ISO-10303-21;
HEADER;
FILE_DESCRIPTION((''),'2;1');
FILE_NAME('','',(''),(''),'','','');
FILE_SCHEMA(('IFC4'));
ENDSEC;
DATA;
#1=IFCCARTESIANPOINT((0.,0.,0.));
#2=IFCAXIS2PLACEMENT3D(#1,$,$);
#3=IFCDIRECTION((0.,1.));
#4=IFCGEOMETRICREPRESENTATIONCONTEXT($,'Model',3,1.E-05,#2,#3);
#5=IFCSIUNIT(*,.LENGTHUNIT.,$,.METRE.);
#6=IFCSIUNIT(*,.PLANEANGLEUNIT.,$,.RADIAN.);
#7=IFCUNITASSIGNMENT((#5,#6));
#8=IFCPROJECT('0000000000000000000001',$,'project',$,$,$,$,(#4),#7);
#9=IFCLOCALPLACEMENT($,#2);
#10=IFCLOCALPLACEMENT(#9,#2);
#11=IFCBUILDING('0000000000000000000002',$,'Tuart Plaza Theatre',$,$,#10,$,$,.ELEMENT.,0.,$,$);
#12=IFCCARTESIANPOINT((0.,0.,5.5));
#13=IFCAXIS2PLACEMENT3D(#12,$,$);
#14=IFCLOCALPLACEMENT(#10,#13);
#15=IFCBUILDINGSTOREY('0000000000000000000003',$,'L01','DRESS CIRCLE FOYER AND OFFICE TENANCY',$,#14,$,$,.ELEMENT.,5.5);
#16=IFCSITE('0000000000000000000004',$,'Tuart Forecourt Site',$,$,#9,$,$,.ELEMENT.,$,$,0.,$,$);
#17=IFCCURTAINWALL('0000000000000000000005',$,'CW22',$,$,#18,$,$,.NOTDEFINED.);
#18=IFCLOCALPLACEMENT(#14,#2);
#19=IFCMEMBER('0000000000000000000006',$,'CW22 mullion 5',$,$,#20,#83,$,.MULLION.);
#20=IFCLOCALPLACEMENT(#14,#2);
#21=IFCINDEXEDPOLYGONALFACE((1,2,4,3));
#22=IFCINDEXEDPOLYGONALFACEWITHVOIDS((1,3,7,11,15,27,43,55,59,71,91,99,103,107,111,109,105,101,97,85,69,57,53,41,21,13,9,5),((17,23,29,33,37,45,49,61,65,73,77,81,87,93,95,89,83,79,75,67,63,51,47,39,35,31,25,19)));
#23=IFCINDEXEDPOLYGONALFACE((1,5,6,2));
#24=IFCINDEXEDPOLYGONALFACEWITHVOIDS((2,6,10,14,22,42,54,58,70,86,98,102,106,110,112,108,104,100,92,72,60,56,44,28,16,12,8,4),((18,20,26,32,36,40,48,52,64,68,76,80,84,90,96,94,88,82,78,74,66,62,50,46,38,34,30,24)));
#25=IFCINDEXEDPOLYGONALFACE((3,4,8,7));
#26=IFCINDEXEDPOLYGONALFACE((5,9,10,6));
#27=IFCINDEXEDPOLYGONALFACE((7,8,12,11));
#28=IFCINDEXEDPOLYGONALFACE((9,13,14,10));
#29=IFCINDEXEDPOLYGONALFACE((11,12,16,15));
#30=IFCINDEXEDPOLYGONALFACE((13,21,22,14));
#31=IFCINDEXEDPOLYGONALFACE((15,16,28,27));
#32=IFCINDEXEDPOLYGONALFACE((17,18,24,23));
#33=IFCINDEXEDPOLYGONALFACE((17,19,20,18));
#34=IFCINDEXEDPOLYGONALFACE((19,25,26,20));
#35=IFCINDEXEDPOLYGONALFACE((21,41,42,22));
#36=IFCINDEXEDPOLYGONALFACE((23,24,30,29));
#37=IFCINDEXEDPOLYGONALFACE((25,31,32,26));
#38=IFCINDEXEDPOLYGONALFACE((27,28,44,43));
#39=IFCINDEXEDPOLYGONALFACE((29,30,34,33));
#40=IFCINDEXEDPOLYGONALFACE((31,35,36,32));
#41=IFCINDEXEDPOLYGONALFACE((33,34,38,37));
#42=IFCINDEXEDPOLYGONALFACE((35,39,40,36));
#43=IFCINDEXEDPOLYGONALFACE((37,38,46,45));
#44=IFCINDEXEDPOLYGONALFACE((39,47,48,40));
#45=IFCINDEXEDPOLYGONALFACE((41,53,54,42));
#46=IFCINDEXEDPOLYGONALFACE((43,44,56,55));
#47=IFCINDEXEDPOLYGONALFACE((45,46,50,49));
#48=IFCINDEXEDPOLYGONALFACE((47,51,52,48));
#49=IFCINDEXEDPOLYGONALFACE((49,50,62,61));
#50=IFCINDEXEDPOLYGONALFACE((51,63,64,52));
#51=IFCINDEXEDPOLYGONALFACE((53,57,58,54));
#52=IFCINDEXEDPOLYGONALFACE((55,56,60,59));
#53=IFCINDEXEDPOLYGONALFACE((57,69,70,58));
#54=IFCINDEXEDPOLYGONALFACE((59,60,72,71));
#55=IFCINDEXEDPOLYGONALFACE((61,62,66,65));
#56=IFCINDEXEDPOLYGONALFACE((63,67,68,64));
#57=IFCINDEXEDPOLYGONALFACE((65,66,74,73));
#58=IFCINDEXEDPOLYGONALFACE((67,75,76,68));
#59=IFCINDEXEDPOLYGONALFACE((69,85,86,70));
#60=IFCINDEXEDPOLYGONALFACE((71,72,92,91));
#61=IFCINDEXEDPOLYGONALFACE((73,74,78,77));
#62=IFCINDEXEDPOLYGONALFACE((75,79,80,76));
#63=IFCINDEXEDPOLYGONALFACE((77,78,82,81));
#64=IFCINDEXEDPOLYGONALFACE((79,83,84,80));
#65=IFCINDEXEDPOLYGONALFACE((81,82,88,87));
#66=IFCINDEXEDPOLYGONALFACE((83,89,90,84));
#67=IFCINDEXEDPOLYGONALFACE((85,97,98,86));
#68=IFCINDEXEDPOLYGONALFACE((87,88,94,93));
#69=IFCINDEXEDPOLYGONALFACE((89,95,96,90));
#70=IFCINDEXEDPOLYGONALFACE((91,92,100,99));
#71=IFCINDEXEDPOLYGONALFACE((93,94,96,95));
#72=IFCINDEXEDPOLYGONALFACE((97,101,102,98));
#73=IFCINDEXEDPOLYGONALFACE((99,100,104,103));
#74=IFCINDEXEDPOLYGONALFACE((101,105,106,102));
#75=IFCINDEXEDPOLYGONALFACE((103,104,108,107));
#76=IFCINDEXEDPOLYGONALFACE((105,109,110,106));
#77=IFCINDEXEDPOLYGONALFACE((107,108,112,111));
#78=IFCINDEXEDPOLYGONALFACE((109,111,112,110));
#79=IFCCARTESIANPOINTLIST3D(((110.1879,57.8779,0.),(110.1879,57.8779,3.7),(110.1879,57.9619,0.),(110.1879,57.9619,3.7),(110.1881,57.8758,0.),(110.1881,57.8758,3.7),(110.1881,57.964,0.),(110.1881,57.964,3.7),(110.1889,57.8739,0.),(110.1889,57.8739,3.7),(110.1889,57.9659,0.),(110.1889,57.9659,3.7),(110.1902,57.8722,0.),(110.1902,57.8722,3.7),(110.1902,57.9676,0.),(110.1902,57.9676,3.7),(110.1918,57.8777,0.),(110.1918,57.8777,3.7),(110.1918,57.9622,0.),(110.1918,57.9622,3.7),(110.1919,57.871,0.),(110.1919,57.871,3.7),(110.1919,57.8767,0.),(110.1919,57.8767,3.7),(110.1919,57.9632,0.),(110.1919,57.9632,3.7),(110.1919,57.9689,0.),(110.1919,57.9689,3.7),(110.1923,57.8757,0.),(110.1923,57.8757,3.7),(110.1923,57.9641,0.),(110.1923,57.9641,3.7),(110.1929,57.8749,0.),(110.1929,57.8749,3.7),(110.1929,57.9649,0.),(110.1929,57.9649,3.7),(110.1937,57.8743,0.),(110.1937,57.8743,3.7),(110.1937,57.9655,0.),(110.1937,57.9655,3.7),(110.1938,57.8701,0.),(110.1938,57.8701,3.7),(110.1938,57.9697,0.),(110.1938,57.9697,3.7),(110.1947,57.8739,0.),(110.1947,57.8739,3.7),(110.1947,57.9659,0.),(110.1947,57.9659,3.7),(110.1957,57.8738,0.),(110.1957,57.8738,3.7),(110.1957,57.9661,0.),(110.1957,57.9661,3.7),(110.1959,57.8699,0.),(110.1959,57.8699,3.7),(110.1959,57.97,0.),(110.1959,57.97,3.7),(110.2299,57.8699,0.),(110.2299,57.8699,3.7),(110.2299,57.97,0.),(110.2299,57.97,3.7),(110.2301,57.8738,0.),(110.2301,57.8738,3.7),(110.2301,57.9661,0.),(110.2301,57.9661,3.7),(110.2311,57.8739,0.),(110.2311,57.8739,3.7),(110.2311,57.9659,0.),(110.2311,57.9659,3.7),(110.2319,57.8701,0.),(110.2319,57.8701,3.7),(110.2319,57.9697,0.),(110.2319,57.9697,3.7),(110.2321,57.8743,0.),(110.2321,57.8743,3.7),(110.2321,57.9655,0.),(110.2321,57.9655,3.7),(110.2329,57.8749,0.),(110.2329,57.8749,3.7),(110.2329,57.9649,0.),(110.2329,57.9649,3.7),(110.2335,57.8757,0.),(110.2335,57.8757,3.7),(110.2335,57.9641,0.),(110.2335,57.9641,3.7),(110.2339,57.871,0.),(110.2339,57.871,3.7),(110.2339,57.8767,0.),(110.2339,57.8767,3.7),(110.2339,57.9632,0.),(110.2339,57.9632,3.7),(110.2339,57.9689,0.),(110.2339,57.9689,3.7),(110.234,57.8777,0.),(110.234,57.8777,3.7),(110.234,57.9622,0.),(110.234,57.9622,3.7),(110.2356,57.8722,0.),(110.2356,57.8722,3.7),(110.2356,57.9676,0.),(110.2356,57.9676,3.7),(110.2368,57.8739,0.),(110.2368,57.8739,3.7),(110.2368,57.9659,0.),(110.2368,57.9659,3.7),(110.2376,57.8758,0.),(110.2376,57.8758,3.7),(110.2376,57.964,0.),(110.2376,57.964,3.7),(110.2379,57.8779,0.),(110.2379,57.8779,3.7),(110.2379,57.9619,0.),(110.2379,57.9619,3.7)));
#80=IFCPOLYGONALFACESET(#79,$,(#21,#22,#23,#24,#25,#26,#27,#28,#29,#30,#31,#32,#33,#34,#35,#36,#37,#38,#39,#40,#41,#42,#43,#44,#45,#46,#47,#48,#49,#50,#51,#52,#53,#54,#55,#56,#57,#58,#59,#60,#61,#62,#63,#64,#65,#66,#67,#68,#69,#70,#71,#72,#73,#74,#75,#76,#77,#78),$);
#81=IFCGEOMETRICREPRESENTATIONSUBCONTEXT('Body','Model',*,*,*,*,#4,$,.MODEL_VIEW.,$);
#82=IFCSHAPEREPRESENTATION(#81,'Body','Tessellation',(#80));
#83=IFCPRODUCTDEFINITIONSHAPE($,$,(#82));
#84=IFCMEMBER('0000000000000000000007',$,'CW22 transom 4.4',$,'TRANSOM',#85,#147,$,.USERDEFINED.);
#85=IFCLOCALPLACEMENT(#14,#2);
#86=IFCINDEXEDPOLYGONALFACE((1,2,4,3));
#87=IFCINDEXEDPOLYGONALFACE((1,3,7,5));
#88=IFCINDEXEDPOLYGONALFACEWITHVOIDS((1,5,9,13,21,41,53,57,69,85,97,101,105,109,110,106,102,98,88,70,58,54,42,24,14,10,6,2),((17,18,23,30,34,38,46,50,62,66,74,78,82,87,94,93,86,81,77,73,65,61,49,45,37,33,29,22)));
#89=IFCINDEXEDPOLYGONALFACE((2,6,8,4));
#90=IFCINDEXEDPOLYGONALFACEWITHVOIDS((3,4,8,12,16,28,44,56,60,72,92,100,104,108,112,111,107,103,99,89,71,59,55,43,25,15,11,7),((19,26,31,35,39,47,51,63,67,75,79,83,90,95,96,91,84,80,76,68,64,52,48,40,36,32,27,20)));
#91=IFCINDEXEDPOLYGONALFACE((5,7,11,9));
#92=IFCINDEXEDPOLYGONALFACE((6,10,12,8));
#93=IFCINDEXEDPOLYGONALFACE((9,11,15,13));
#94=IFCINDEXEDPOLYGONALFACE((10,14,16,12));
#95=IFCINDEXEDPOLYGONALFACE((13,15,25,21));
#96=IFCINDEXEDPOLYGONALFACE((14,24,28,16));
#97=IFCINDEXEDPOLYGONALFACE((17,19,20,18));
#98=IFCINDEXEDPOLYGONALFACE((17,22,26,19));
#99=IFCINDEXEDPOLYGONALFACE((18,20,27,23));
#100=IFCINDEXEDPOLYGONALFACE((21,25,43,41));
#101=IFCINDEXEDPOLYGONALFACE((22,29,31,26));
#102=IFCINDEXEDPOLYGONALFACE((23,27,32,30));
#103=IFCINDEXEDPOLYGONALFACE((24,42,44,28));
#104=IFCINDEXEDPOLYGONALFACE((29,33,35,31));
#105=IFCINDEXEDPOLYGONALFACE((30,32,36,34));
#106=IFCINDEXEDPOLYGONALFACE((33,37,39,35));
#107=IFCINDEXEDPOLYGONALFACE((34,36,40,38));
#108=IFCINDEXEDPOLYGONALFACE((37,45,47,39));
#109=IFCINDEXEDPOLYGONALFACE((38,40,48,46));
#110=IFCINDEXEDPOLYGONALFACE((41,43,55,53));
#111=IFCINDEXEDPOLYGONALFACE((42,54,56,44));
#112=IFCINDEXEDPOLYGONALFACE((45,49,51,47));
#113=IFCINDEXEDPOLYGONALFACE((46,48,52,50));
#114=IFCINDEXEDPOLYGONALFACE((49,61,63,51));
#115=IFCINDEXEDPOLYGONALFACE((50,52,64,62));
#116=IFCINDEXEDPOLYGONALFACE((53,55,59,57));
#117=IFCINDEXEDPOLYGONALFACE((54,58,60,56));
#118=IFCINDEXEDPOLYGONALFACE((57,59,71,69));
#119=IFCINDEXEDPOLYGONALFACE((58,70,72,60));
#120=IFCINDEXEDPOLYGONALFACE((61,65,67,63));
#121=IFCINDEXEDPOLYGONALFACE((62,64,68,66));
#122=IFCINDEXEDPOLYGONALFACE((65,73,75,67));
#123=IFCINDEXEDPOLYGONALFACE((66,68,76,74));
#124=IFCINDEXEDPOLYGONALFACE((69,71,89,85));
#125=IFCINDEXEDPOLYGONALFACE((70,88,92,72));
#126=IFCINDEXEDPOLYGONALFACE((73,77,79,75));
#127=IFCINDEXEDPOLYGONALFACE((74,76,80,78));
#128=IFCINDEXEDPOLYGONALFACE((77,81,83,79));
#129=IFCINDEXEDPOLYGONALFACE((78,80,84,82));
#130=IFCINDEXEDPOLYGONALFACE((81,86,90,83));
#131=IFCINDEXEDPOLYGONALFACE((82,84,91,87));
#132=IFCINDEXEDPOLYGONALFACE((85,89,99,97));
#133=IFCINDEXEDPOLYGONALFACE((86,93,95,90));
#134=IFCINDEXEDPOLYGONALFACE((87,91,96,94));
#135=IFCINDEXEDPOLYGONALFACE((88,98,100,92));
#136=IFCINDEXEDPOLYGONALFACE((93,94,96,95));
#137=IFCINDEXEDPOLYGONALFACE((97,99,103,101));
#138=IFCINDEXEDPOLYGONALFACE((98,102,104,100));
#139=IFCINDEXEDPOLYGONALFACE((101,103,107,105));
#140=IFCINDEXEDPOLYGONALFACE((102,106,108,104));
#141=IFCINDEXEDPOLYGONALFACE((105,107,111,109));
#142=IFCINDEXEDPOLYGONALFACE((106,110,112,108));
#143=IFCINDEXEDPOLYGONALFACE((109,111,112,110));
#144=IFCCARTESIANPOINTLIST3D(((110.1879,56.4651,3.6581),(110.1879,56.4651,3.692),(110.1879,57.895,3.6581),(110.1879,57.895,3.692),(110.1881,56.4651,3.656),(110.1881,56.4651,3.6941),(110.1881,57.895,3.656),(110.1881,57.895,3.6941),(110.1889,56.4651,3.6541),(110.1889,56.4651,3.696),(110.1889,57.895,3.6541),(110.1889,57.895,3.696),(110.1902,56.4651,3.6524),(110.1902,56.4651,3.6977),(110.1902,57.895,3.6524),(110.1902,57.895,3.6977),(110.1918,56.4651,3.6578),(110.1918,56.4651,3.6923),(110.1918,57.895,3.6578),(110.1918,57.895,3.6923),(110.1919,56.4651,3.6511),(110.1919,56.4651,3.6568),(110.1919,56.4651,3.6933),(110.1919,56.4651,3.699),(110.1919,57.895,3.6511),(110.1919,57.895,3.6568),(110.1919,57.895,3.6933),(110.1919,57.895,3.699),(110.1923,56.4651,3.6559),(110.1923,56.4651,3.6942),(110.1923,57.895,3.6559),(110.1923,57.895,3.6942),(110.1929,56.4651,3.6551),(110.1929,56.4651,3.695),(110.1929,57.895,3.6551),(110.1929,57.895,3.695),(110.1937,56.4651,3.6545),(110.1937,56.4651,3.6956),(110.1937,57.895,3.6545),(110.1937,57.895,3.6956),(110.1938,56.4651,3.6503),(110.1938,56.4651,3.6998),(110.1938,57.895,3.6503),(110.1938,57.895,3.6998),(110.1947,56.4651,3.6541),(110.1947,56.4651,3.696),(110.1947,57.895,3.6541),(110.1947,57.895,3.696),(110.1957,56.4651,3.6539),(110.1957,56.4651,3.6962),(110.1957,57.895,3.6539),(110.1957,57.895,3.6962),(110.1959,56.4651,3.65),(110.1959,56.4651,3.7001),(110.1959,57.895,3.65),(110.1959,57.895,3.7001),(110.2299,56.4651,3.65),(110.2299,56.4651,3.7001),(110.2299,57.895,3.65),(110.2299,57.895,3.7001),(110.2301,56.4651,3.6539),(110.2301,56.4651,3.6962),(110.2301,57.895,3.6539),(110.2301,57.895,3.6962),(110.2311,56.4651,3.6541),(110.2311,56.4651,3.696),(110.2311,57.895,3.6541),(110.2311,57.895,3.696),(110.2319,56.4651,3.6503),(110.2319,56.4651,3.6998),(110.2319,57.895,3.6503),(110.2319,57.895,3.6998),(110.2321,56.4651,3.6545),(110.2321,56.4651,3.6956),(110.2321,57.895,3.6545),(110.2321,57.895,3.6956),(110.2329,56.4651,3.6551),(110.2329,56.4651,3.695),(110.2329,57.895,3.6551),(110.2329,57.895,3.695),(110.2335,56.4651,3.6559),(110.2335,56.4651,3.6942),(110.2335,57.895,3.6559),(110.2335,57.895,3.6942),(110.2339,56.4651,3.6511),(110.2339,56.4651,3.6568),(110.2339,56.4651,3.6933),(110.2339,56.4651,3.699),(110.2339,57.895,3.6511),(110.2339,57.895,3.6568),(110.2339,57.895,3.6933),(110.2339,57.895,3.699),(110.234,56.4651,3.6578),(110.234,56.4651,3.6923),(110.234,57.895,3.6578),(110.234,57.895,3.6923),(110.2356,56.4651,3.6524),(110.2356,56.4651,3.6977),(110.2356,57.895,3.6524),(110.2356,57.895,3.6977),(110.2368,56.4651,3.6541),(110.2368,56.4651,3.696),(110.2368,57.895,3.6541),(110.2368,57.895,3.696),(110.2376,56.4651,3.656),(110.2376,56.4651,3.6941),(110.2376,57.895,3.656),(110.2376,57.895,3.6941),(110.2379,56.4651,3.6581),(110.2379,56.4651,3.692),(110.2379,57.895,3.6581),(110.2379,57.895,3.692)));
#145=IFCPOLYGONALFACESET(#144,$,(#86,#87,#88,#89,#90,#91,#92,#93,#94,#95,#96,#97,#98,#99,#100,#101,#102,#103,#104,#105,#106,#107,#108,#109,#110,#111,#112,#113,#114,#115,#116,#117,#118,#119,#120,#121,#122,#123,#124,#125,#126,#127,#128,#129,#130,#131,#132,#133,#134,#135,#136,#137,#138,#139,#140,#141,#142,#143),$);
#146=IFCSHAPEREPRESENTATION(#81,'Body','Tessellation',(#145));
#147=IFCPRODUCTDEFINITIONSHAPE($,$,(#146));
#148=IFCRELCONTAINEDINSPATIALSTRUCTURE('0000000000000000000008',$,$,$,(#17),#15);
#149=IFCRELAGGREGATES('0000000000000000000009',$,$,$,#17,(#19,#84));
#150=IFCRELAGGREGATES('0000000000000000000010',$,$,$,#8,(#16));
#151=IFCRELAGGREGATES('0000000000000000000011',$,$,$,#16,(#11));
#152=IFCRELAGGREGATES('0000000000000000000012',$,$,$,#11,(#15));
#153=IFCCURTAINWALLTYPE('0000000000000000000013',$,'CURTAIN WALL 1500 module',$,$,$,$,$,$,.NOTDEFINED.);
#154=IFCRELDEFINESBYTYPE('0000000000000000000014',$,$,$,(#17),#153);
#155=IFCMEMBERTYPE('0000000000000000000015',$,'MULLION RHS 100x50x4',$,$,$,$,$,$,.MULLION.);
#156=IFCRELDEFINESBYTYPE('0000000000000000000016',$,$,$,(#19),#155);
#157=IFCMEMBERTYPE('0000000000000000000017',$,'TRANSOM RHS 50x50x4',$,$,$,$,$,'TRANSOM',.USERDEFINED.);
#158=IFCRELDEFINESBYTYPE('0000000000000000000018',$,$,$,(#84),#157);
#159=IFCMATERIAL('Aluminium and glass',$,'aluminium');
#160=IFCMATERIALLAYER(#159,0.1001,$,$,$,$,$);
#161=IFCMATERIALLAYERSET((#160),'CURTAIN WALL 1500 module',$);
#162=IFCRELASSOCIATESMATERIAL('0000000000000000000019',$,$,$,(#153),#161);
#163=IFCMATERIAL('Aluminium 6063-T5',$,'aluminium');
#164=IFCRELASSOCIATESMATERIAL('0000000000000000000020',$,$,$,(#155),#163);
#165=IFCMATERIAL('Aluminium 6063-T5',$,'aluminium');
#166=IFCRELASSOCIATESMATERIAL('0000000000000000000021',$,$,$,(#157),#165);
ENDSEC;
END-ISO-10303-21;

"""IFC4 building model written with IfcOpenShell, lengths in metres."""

from ifc_helpers import new_model, si_unit, direction, frame, origin, origin_2d, place, context, subcontext, project, spatial, hollow_rectangle, extrude, material, layer, layer_set, material_profile, profile_set, type_object, element, aggregate, save


model = new_model("IFC4")

# Units and contexts
model_context = context("Model", 3, precision=1e-05, world=origin(), true_north=direction((0.0, 1.0)))
body_context = subcontext(model_context, "Body", "Model", "MODEL_VIEW")
ifc_project = project(units=[si_unit("LENGTHUNIT", "METRE"), si_unit("PLANEANGLEUNIT", "RADIAN")], contexts=[model_context])

# Site, building, storey
site_placement = place(None, origin())
site = spatial("IfcSite", under=ifc_project, at=site_placement, Name="Tuart Forecourt Site", CompositionType="ELEMENT", RefElevation=0.0)
building_placement = place(site_placement, origin())
building = spatial("IfcBuilding", under=site, at=building_placement, Name="Tuart Plaza Theatre", CompositionType="ELEMENT", ElevationOfRefHeight=0.0)
storey_placement = place(building_placement, frame((0.0, 0.0, 5.5)))
storey = spatial("IfcBuildingStorey", under=building, at=storey_placement, Name="L01", Description="DRESS CIRCLE FOYER AND OFFICE TENANCY", CompositionType="ELEMENT", Elevation=5.5)

# Curtain wall, members
ifc_material_1 = material(Name="Aluminium and glass", Category="aluminium")
ifc_layer_1 = layer(ifc_material_1, 0.1001)
ifc_layer_set_1 = layer_set([ifc_layer_1], Name="CURTAIN WALL 1500 module")
curtain_wall_type = type_object("IfcCurtainWallType", Name="CURTAIN WALL 1500 module", PredefinedType="NOTDEFINED", material=ifc_layer_set_1)
curtain_wall_placement = place(storey_placement, origin())
curtain_wall = element("IfcCurtainWall", 1, at=curtain_wall_placement, inside=storey, type_object=curtain_wall_type, Name="CW22", PredefinedType="NOTDEFINED")
ifc_material_2 = material(Name="Aluminium 6063-T5", Category="aluminium")
ifc_material_profile_1 = material_profile(ifc_material_2, hollow_rectangle(XDim=0.05, YDim=0.1001, WallThickness=0.0039, InnerFilletRadius=0.0039, OuterFilletRadius=0.0081, at=origin_2d()), Name="RHS 100x50x4")
ifc_profile_set_1 = profile_set([ifc_material_profile_1], Name="Aluminium 6063-T5")
member_type_1 = type_object("IfcMemberType", Name="MULLION RHS 100x50x4", PredefinedType="MULLION", material=ifc_profile_set_1)
member_1_placement = place(storey_placement, frame((110.2129, 57.9199, 0.0), z_axis=(0.0, 0.0, 1.0), x_axis=(-1.0, 0.0, 0.0)))
member_1 = element("IfcMember", 2, at=member_1_placement, type_object=member_type_1, Name="CW22 mullion 5", PredefinedType="MULLION", context=body_context, shape_type="SweptSolid", body=[
    extrude(hollow_rectangle(XDim=0.05, YDim=0.1001, WallThickness=0.0039, InnerFilletRadius=0.0039, OuterFilletRadius=0.0081, at=origin_2d()), origin(), (0.0, 0.0, 1.0), 3.7),
])
ifc_material_3 = material(Name="Aluminium 6063-T5", Category="aluminium")
ifc_material_profile_2 = material_profile(ifc_material_3, hollow_rectangle(XDim=0.05, YDim=0.05, WallThickness=0.0039, InnerFilletRadius=0.0039, OuterFilletRadius=0.0081, at=origin_2d()), Name="RHS 50x50x4")
ifc_profile_set_2 = profile_set([ifc_material_profile_2], Name="Aluminium 6063-T5")
member_type_2 = type_object("IfcMemberType", Name="TRANSOM RHS 50x50x4", ElementType="TRANSOM", PredefinedType="USERDEFINED", material=ifc_profile_set_2)
member_2_placement = place(storey_placement, frame((110.2129, 56.4651, 3.675), z_axis=(0.0, 1.0, 0.0), x_axis=(-1.0, 0.0, 0.0)))
member_2 = element("IfcMember", 3, at=member_2_placement, type_object=member_type_2, Name="CW22 transom 4.4", ObjectType="TRANSOM", PredefinedType="USERDEFINED", context=body_context, shape_type="SweptSolid", body=[
    extrude(hollow_rectangle(XDim=0.05, YDim=0.05, WallThickness=0.0039, InnerFilletRadius=0.0039, OuterFilletRadius=0.0081, at=origin_2d()), origin(), (0.0, 0.0, 1.0), 1.4299),
])
aggregate(curtain_wall, [member_1, member_2])

save(model, "model.ifc")
